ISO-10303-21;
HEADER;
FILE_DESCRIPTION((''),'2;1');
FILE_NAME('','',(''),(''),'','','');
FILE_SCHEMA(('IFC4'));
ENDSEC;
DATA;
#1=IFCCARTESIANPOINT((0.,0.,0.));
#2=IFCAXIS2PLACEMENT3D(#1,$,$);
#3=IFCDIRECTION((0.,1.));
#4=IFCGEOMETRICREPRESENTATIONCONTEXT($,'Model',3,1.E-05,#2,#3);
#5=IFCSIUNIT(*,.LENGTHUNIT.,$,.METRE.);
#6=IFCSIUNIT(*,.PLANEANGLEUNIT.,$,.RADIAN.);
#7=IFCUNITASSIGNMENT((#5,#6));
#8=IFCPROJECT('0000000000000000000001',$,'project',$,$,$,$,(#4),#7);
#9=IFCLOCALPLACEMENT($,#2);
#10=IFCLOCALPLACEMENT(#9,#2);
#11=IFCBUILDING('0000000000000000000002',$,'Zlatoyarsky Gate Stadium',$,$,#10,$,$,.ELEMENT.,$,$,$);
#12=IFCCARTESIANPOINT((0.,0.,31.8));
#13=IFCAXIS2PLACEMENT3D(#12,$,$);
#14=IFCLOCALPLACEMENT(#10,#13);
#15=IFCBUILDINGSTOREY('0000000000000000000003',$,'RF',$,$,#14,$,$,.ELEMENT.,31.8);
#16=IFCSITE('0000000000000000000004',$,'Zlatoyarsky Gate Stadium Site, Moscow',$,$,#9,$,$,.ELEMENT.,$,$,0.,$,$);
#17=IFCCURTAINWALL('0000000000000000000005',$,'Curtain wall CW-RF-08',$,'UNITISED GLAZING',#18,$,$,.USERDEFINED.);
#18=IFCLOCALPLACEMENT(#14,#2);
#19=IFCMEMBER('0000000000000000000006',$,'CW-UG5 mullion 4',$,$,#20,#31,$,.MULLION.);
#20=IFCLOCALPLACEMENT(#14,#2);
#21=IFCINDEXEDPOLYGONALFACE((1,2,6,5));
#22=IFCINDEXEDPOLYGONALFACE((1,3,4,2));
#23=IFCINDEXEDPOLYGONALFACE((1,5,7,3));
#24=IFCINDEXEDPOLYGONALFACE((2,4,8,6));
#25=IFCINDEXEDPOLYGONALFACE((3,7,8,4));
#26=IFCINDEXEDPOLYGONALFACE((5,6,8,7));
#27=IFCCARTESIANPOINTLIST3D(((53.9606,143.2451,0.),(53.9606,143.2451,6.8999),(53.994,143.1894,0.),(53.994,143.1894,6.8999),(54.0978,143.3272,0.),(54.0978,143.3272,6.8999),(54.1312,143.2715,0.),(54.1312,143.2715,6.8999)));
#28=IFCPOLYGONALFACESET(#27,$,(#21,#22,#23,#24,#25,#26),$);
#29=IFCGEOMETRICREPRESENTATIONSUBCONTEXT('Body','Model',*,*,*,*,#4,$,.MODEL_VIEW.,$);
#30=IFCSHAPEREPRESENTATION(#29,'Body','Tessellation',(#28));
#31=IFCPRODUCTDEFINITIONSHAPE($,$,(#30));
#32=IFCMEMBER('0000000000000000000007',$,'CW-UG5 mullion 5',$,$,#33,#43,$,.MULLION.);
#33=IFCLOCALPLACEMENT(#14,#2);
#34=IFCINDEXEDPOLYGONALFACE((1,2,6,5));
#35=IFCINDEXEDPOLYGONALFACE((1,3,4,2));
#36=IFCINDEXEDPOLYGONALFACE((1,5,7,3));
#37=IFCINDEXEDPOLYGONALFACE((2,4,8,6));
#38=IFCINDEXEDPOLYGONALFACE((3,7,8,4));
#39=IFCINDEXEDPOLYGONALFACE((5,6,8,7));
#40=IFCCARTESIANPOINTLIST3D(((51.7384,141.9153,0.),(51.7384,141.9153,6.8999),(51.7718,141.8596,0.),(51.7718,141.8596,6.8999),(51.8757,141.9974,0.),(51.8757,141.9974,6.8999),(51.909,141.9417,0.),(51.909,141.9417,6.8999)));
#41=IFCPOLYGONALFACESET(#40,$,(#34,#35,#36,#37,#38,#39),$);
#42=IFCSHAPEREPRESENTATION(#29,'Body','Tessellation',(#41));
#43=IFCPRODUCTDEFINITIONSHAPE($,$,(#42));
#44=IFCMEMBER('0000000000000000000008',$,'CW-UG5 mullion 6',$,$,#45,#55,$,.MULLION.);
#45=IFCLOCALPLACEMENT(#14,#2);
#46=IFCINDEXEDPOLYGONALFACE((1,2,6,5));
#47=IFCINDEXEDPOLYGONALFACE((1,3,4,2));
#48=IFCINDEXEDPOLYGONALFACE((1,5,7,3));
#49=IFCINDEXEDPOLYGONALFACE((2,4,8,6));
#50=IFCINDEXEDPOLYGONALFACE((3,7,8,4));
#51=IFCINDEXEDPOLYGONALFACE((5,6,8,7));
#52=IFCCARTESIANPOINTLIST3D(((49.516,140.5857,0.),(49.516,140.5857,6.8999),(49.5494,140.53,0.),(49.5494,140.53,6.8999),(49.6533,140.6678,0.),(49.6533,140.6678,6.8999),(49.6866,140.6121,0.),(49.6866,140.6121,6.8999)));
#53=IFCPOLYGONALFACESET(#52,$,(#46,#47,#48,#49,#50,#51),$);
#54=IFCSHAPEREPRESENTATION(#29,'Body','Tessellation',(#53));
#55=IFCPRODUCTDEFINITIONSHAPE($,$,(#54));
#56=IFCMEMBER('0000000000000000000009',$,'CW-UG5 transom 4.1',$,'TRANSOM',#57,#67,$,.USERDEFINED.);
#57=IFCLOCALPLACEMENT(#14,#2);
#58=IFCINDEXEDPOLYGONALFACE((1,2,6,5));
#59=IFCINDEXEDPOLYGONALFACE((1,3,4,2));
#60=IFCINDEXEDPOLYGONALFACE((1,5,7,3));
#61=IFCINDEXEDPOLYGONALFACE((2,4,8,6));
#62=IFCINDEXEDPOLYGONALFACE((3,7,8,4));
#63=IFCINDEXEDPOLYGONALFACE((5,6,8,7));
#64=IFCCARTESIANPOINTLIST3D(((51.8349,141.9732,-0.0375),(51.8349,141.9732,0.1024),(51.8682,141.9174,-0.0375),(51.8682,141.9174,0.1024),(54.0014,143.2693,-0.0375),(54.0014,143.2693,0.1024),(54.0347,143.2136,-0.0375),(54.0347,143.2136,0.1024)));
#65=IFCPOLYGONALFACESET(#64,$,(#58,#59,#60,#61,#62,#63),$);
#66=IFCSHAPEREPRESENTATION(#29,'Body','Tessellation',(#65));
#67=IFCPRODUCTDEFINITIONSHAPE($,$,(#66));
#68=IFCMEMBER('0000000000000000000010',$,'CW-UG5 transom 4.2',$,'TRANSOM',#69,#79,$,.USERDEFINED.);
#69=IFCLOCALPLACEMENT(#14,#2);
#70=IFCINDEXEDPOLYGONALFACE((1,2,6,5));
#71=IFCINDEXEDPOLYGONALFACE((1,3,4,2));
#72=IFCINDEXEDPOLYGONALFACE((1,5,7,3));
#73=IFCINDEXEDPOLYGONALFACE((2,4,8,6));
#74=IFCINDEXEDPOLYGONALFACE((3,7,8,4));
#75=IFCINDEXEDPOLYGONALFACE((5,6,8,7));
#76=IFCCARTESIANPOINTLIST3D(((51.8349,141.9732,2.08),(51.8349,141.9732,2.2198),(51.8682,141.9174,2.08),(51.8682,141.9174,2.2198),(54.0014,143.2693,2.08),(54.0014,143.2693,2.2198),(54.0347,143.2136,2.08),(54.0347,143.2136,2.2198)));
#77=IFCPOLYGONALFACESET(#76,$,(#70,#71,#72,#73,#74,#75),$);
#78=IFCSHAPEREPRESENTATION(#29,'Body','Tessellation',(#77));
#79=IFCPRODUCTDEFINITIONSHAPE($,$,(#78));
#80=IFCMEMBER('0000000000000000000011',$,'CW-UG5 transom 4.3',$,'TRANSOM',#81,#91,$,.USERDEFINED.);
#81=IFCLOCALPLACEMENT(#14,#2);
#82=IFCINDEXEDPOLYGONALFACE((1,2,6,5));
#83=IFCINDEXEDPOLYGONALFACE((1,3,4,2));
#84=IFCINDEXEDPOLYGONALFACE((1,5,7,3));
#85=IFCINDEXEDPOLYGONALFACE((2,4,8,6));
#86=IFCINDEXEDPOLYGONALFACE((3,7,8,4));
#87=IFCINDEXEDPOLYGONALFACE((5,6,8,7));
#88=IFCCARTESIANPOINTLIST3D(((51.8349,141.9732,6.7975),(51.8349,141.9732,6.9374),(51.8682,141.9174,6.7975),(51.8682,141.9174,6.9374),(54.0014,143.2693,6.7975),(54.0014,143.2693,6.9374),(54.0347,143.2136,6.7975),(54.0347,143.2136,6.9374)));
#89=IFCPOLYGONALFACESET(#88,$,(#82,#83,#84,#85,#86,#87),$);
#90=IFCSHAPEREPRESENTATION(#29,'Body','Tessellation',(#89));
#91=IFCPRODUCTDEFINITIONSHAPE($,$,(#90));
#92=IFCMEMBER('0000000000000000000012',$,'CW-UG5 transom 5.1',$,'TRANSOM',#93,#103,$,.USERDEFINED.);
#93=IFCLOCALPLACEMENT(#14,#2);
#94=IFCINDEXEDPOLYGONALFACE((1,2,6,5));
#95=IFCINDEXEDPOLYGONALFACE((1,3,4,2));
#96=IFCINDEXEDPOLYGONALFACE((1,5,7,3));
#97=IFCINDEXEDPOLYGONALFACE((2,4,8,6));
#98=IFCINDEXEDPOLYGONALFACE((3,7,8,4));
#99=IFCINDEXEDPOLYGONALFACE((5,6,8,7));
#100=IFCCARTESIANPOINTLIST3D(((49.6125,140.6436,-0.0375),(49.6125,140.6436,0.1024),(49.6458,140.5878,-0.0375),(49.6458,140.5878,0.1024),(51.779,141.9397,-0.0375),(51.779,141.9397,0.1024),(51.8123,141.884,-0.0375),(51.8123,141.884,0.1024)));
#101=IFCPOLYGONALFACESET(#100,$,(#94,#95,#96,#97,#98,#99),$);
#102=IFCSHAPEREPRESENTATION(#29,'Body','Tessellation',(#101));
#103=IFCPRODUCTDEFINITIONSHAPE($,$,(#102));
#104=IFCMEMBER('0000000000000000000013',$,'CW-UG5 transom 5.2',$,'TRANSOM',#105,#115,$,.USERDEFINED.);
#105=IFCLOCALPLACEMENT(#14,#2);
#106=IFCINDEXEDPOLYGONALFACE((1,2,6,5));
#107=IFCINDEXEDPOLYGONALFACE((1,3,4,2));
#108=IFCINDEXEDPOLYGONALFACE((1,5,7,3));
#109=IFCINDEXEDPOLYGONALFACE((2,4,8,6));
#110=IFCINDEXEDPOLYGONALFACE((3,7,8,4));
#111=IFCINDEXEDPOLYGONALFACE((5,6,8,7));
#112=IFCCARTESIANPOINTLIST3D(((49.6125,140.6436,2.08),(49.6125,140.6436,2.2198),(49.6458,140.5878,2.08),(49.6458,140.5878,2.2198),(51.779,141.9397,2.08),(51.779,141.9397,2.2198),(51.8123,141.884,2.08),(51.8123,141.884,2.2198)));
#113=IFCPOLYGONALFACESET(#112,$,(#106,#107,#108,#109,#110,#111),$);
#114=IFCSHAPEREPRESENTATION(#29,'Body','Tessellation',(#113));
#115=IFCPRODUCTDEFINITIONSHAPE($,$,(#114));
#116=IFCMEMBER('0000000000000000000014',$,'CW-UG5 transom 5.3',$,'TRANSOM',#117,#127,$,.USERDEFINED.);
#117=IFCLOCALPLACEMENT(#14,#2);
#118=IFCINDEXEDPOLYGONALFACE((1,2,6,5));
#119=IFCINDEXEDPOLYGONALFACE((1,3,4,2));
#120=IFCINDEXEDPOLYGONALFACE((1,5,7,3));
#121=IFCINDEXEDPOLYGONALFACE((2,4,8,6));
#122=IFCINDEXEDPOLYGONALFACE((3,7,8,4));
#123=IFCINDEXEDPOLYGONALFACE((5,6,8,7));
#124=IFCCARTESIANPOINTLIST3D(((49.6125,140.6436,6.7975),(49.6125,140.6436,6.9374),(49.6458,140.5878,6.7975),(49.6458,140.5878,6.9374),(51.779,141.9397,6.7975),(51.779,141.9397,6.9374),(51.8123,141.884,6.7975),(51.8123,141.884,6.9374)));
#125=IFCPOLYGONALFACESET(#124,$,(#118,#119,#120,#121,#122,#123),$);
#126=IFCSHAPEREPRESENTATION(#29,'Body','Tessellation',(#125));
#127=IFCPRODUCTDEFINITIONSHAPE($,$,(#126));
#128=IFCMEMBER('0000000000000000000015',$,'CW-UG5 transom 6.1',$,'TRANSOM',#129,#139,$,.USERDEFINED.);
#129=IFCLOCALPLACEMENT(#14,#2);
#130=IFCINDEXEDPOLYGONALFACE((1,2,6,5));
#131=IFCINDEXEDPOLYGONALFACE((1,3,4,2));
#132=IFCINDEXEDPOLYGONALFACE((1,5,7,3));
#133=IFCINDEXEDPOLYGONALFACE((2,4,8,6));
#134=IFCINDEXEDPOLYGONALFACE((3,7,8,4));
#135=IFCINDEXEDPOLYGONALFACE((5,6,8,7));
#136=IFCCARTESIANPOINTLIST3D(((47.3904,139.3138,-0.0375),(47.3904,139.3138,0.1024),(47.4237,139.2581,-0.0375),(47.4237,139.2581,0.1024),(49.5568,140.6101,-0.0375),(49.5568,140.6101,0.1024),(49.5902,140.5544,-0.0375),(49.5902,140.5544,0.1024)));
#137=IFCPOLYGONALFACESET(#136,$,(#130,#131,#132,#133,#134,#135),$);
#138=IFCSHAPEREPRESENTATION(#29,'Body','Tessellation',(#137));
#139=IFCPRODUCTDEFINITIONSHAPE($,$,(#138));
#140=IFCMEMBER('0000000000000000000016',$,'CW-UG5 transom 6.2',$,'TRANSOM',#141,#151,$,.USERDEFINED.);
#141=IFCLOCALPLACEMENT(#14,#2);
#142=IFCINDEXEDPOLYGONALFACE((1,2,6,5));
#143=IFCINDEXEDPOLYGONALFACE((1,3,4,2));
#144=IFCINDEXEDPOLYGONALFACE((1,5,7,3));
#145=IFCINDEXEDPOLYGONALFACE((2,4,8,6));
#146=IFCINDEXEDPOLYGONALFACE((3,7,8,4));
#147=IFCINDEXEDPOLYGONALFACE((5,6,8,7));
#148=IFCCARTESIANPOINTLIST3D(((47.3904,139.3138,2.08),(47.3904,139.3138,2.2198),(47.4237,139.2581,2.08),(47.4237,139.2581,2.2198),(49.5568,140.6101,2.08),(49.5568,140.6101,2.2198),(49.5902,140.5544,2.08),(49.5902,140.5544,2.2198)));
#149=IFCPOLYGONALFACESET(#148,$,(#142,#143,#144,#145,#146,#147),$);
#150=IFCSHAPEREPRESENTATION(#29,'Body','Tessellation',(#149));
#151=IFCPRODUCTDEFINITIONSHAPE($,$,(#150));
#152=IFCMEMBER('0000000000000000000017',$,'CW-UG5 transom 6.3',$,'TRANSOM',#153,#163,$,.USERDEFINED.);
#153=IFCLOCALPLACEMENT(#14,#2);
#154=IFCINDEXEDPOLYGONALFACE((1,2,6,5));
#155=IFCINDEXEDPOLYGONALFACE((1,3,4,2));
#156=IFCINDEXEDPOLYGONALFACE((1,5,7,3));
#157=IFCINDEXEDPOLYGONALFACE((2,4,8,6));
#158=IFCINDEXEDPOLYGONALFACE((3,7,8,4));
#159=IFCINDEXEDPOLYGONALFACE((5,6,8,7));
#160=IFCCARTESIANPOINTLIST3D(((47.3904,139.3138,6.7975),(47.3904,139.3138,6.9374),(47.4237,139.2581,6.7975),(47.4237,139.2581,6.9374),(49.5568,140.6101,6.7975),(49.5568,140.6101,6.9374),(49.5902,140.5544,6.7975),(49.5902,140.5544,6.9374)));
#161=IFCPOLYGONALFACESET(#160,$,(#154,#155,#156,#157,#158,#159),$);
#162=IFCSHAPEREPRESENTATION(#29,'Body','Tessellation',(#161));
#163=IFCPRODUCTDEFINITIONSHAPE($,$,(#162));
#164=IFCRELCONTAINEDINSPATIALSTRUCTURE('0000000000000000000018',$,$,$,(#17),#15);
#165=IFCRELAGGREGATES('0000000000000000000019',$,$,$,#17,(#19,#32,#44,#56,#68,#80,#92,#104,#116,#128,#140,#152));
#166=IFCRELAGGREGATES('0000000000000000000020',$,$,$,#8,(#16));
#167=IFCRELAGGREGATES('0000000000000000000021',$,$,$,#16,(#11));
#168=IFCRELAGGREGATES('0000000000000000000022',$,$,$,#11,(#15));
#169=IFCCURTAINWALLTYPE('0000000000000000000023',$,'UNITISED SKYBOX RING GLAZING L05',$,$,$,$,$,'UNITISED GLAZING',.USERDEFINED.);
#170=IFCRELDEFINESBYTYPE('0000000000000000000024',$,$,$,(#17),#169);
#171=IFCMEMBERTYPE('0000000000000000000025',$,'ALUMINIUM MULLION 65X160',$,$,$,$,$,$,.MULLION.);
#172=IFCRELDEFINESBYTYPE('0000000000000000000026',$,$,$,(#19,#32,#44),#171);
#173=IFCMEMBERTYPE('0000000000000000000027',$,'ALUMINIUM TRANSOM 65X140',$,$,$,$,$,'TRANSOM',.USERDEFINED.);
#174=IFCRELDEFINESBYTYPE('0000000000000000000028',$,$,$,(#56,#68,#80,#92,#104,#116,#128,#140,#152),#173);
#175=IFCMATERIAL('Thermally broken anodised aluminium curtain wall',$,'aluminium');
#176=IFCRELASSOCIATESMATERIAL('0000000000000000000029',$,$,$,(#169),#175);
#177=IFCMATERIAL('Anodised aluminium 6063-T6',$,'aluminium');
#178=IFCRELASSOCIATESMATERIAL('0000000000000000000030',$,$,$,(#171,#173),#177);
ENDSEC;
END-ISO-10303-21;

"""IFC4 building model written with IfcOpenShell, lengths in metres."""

from ifc_helpers import new_model, si_unit, direction, frame, origin, origin_2d, place, context, subcontext, project, spatial, rectangle, extrude, material, material_profile, profile_set, type_object, element, aggregate, save


model = new_model("IFC4")

# Units and contexts
model_context = context("Model", 3, precision=1e-05, world=origin(), true_north=direction((0.0, 1.0)))
body_context = subcontext(model_context, "Body", "Model", "MODEL_VIEW")
ifc_project = project(units=[si_unit("LENGTHUNIT", "METRE"), si_unit("PLANEANGLEUNIT", "RADIAN")], contexts=[model_context])

# Site, building, storey
site_placement = place(None, origin())
site = spatial("IfcSite", under=ifc_project, at=site_placement, Name="Zlatoyarsky Gate Stadium Site, Moscow", CompositionType="ELEMENT", RefElevation=0.0)
building_placement = place(site_placement, origin())
building = spatial("IfcBuilding", under=site, at=building_placement, Name="Zlatoyarsky Gate Stadium", CompositionType="ELEMENT")
storey_placement = place(building_placement, frame((0.0, 0.0, 31.8)))
storey = spatial("IfcBuildingStorey", under=building, at=storey_placement, Name="RF", CompositionType="ELEMENT", Elevation=31.8)

# Curtain wall, members
ifc_material_1 = material(Name="Thermally broken anodised aluminium curtain wall", Category="aluminium")
curtain_wall_type = type_object("IfcCurtainWallType", Name="UNITISED SKYBOX RING GLAZING L05", ElementType="UNITISED GLAZING", PredefinedType="USERDEFINED", material=ifc_material_1)
curtain_wall_placement = place(storey_placement, origin())
curtain_wall = element("IfcCurtainWall", 1, at=curtain_wall_placement, inside=storey, type_object=curtain_wall_type, Name="Curtain wall CW-RF-08", ObjectType="UNITISED GLAZING", PredefinedType="USERDEFINED")
ifc_material_2 = material(Name="Anodised aluminium 6063-T6", Category="aluminium")
ifc_material_profile_1 = material_profile(ifc_material_2, rectangle(XDim=0.0649, YDim=0.1599, at=origin_2d()), Name="ALU 65X160")
ifc_profile_set_1 = profile_set([ifc_material_profile_1], Name="Anodised aluminium 6063-T6")
member_type_1 = type_object("IfcMemberType", Name="ALUMINIUM MULLION 65X160", PredefinedType="MULLION", material=ifc_profile_set_1)
member_1_placement = place(storey_placement, frame((54.0459, 143.2583, 0.0), z_axis=(0.0, 0.0, 1.0), x_axis=(0.513436, -0.858128, 0.0)))
member_1 = element("IfcMember", 2, at=member_1_placement, type_object=member_type_1, Name="CW-UG5 mullion 4", PredefinedType="MULLION", context=body_context, shape_type="SweptSolid", body=[
    extrude(rectangle(XDim=0.0649, YDim=0.1599, at=origin_2d()), origin(), (0.0, 0.0, 1.0), 6.8999),
])
member_2_placement = place(storey_placement, frame((51.8237, 141.9285, 0.0), z_axis=(0.0, 0.0, 1.0), x_axis=(0.513436, -0.858128, 0.0)))
member_2 = element("IfcMember", 3, at=member_2_placement, type_object=member_type_1, Name="CW-UG5 mullion 5", PredefinedType="MULLION", context=body_context, shape_type="SweptSolid", body=[
    extrude(rectangle(XDim=0.0649, YDim=0.1599, at=origin_2d()), origin(), (0.0, 0.0, 1.0), 6.8999),
])
member_3_placement = place(storey_placement, frame((49.6013, 140.5989, 0.0), z_axis=(0.0, 0.0, 1.0), x_axis=(0.513436, -0.858128, 0.0)))
member_3 = element("IfcMember", 4, at=member_3_placement, type_object=member_type_1, Name="CW-UG5 mullion 6", PredefinedType="MULLION", context=body_context, shape_type="SweptSolid", body=[
    extrude(rectangle(XDim=0.0649, YDim=0.1599, at=origin_2d()), origin(), (0.0, 0.0, 1.0), 6.8999),
])
ifc_material_profile_2 = material_profile(ifc_material_2, rectangle(XDim=0.0649, YDim=0.1399, at=origin_2d()), Name="ALU 65X140")
ifc_profile_set_2 = profile_set([ifc_material_profile_2], Name="Anodised aluminium 6063-T6")
member_type_2 = type_object("IfcMemberType", Name="ALUMINIUM TRANSOM 65X140", ElementType="TRANSOM", PredefinedType="USERDEFINED", material=ifc_profile_set_2)
member_4_placement = place(storey_placement, frame((54.0181, 143.2415, 0.0325), z_axis=(-0.858149, -0.5134, 0.0), x_axis=(0.5134, -0.858149, 0.0)))
member_4 = element("IfcMember", 5, at=member_4_placement, type_object=member_type_2, Name="CW-UG5 transom 4.1", ObjectType="TRANSOM", PredefinedType="USERDEFINED", context=body_context, shape_type="SweptSolid", body=[
    extrude(rectangle(XDim=0.0649, YDim=0.1399, at=origin_2d()), origin(), (0.0, 0.0, 1.0), 2.5247),
])
member_5_placement = place(storey_placement, frame((54.0181, 143.2415, 2.1499), z_axis=(-0.858149, -0.5134, 0.0), x_axis=(0.5134, -0.858149, 0.0)))
member_5 = element("IfcMember", 6, at=member_5_placement, type_object=member_type_2, Name="CW-UG5 transom 4.2", ObjectType="TRANSOM", PredefinedType="USERDEFINED", context=body_context, shape_type="SweptSolid", body=[
    extrude(rectangle(XDim=0.0649, YDim=0.1399, at=origin_2d()), origin(), (0.0, 0.0, 1.0), 2.5247),
])
member_6_placement = place(storey_placement, frame((54.0181, 143.2415, 6.8674), z_axis=(-0.858149, -0.5134, 0.0), x_axis=(0.5134, -0.858149, 0.0)))
member_6 = element("IfcMember", 7, at=member_6_placement, type_object=member_type_2, Name="CW-UG5 transom 4.3", ObjectType="TRANSOM", PredefinedType="USERDEFINED", context=body_context, shape_type="SweptSolid", body=[
    extrude(rectangle(XDim=0.0649, YDim=0.1399, at=origin_2d()), origin(), (0.0, 0.0, 1.0), 2.5247),
])
member_7_placement = place(storey_placement, frame((51.7957, 141.9119, 0.0325), z_axis=(-0.858149, -0.5134, 0.0), x_axis=(0.5134, -0.858149, 0.0)))
member_7 = element("IfcMember", 8, at=member_7_placement, type_object=member_type_2, Name="CW-UG5 transom 5.1", ObjectType="TRANSOM", PredefinedType="USERDEFINED", context=body_context, shape_type="SweptSolid", body=[
    extrude(rectangle(XDim=0.0649, YDim=0.1399, at=origin_2d()), origin(), (0.0, 0.0, 1.0), 2.5247),
])
member_8_placement = place(storey_placement, frame((51.7957, 141.9119, 2.1499), z_axis=(-0.858149, -0.5134, 0.0), x_axis=(0.5134, -0.858149, 0.0)))
member_8 = element("IfcMember", 9, at=member_8_placement, type_object=member_type_2, Name="CW-UG5 transom 5.2", ObjectType="TRANSOM", PredefinedType="USERDEFINED", context=body_context, shape_type="SweptSolid", body=[
    extrude(rectangle(XDim=0.0649, YDim=0.1399, at=origin_2d()), origin(), (0.0, 0.0, 1.0), 2.5247),
])
member_9_placement = place(storey_placement, frame((51.7957, 141.9119, 6.8674), z_axis=(-0.858149, -0.5134, 0.0), x_axis=(0.5134, -0.858149, 0.0)))
member_9 = element("IfcMember", 10, at=member_9_placement, type_object=member_type_2, Name="CW-UG5 transom 5.3", ObjectType="TRANSOM", PredefinedType="USERDEFINED", context=body_context, shape_type="SweptSolid", body=[
    extrude(rectangle(XDim=0.0649, YDim=0.1399, at=origin_2d()), origin(), (0.0, 0.0, 1.0), 2.5247),
])
member_10_placement = place(storey_placement, frame((49.5735, 140.5823, 0.0325), z_axis=(-0.858107, -0.513472, 0.0), x_axis=(0.513472, -0.858107, 0.0)))
member_10 = element("IfcMember", 11, at=member_10_placement, type_object=member_type_2, Name="CW-UG5 transom 6.1", ObjectType="TRANSOM", PredefinedType="USERDEFINED", context=body_context, shape_type="SweptSolid", body=[
    extrude(rectangle(XDim=0.0649, YDim=0.1399, at=origin_2d()), origin(), (0.0, 0.0, 1.0), 2.5247),
])
member_11_placement = place(storey_placement, frame((49.5735, 140.5823, 2.1499), z_axis=(-0.858107, -0.513472, 0.0), x_axis=(0.513472, -0.858107, 0.0)))
member_11 = element("IfcMember", 12, at=member_11_placement, type_object=member_type_2, Name="CW-UG5 transom 6.2", ObjectType="TRANSOM", PredefinedType="USERDEFINED", context=body_context, shape_type="SweptSolid", body=[
    extrude(rectangle(XDim=0.0649, YDim=0.1399, at=origin_2d()), origin(), (0.0, 0.0, 1.0), 2.5247),
])
member_12_placement = place(storey_placement, frame((49.5735, 140.5823, 6.8674), z_axis=(-0.858107, -0.513472, 0.0), x_axis=(0.513472, -0.858107, 0.0)))
member_12 = element("IfcMember", 13, at=member_12_placement, type_object=member_type_2, Name="CW-UG5 transom 6.3", ObjectType="TRANSOM", PredefinedType="USERDEFINED", context=body_context, shape_type="SweptSolid", body=[
    extrude(rectangle(XDim=0.0649, YDim=0.1399, at=origin_2d()), origin(), (0.0, 0.0, 1.0), 2.5247),
])

aggregate(curtain_wall, [member_1, member_2, member_3, member_4, member_5, member_6, member_7, member_8, member_9, member_10, member_11, member_12])

save(model, "model.ifc")
